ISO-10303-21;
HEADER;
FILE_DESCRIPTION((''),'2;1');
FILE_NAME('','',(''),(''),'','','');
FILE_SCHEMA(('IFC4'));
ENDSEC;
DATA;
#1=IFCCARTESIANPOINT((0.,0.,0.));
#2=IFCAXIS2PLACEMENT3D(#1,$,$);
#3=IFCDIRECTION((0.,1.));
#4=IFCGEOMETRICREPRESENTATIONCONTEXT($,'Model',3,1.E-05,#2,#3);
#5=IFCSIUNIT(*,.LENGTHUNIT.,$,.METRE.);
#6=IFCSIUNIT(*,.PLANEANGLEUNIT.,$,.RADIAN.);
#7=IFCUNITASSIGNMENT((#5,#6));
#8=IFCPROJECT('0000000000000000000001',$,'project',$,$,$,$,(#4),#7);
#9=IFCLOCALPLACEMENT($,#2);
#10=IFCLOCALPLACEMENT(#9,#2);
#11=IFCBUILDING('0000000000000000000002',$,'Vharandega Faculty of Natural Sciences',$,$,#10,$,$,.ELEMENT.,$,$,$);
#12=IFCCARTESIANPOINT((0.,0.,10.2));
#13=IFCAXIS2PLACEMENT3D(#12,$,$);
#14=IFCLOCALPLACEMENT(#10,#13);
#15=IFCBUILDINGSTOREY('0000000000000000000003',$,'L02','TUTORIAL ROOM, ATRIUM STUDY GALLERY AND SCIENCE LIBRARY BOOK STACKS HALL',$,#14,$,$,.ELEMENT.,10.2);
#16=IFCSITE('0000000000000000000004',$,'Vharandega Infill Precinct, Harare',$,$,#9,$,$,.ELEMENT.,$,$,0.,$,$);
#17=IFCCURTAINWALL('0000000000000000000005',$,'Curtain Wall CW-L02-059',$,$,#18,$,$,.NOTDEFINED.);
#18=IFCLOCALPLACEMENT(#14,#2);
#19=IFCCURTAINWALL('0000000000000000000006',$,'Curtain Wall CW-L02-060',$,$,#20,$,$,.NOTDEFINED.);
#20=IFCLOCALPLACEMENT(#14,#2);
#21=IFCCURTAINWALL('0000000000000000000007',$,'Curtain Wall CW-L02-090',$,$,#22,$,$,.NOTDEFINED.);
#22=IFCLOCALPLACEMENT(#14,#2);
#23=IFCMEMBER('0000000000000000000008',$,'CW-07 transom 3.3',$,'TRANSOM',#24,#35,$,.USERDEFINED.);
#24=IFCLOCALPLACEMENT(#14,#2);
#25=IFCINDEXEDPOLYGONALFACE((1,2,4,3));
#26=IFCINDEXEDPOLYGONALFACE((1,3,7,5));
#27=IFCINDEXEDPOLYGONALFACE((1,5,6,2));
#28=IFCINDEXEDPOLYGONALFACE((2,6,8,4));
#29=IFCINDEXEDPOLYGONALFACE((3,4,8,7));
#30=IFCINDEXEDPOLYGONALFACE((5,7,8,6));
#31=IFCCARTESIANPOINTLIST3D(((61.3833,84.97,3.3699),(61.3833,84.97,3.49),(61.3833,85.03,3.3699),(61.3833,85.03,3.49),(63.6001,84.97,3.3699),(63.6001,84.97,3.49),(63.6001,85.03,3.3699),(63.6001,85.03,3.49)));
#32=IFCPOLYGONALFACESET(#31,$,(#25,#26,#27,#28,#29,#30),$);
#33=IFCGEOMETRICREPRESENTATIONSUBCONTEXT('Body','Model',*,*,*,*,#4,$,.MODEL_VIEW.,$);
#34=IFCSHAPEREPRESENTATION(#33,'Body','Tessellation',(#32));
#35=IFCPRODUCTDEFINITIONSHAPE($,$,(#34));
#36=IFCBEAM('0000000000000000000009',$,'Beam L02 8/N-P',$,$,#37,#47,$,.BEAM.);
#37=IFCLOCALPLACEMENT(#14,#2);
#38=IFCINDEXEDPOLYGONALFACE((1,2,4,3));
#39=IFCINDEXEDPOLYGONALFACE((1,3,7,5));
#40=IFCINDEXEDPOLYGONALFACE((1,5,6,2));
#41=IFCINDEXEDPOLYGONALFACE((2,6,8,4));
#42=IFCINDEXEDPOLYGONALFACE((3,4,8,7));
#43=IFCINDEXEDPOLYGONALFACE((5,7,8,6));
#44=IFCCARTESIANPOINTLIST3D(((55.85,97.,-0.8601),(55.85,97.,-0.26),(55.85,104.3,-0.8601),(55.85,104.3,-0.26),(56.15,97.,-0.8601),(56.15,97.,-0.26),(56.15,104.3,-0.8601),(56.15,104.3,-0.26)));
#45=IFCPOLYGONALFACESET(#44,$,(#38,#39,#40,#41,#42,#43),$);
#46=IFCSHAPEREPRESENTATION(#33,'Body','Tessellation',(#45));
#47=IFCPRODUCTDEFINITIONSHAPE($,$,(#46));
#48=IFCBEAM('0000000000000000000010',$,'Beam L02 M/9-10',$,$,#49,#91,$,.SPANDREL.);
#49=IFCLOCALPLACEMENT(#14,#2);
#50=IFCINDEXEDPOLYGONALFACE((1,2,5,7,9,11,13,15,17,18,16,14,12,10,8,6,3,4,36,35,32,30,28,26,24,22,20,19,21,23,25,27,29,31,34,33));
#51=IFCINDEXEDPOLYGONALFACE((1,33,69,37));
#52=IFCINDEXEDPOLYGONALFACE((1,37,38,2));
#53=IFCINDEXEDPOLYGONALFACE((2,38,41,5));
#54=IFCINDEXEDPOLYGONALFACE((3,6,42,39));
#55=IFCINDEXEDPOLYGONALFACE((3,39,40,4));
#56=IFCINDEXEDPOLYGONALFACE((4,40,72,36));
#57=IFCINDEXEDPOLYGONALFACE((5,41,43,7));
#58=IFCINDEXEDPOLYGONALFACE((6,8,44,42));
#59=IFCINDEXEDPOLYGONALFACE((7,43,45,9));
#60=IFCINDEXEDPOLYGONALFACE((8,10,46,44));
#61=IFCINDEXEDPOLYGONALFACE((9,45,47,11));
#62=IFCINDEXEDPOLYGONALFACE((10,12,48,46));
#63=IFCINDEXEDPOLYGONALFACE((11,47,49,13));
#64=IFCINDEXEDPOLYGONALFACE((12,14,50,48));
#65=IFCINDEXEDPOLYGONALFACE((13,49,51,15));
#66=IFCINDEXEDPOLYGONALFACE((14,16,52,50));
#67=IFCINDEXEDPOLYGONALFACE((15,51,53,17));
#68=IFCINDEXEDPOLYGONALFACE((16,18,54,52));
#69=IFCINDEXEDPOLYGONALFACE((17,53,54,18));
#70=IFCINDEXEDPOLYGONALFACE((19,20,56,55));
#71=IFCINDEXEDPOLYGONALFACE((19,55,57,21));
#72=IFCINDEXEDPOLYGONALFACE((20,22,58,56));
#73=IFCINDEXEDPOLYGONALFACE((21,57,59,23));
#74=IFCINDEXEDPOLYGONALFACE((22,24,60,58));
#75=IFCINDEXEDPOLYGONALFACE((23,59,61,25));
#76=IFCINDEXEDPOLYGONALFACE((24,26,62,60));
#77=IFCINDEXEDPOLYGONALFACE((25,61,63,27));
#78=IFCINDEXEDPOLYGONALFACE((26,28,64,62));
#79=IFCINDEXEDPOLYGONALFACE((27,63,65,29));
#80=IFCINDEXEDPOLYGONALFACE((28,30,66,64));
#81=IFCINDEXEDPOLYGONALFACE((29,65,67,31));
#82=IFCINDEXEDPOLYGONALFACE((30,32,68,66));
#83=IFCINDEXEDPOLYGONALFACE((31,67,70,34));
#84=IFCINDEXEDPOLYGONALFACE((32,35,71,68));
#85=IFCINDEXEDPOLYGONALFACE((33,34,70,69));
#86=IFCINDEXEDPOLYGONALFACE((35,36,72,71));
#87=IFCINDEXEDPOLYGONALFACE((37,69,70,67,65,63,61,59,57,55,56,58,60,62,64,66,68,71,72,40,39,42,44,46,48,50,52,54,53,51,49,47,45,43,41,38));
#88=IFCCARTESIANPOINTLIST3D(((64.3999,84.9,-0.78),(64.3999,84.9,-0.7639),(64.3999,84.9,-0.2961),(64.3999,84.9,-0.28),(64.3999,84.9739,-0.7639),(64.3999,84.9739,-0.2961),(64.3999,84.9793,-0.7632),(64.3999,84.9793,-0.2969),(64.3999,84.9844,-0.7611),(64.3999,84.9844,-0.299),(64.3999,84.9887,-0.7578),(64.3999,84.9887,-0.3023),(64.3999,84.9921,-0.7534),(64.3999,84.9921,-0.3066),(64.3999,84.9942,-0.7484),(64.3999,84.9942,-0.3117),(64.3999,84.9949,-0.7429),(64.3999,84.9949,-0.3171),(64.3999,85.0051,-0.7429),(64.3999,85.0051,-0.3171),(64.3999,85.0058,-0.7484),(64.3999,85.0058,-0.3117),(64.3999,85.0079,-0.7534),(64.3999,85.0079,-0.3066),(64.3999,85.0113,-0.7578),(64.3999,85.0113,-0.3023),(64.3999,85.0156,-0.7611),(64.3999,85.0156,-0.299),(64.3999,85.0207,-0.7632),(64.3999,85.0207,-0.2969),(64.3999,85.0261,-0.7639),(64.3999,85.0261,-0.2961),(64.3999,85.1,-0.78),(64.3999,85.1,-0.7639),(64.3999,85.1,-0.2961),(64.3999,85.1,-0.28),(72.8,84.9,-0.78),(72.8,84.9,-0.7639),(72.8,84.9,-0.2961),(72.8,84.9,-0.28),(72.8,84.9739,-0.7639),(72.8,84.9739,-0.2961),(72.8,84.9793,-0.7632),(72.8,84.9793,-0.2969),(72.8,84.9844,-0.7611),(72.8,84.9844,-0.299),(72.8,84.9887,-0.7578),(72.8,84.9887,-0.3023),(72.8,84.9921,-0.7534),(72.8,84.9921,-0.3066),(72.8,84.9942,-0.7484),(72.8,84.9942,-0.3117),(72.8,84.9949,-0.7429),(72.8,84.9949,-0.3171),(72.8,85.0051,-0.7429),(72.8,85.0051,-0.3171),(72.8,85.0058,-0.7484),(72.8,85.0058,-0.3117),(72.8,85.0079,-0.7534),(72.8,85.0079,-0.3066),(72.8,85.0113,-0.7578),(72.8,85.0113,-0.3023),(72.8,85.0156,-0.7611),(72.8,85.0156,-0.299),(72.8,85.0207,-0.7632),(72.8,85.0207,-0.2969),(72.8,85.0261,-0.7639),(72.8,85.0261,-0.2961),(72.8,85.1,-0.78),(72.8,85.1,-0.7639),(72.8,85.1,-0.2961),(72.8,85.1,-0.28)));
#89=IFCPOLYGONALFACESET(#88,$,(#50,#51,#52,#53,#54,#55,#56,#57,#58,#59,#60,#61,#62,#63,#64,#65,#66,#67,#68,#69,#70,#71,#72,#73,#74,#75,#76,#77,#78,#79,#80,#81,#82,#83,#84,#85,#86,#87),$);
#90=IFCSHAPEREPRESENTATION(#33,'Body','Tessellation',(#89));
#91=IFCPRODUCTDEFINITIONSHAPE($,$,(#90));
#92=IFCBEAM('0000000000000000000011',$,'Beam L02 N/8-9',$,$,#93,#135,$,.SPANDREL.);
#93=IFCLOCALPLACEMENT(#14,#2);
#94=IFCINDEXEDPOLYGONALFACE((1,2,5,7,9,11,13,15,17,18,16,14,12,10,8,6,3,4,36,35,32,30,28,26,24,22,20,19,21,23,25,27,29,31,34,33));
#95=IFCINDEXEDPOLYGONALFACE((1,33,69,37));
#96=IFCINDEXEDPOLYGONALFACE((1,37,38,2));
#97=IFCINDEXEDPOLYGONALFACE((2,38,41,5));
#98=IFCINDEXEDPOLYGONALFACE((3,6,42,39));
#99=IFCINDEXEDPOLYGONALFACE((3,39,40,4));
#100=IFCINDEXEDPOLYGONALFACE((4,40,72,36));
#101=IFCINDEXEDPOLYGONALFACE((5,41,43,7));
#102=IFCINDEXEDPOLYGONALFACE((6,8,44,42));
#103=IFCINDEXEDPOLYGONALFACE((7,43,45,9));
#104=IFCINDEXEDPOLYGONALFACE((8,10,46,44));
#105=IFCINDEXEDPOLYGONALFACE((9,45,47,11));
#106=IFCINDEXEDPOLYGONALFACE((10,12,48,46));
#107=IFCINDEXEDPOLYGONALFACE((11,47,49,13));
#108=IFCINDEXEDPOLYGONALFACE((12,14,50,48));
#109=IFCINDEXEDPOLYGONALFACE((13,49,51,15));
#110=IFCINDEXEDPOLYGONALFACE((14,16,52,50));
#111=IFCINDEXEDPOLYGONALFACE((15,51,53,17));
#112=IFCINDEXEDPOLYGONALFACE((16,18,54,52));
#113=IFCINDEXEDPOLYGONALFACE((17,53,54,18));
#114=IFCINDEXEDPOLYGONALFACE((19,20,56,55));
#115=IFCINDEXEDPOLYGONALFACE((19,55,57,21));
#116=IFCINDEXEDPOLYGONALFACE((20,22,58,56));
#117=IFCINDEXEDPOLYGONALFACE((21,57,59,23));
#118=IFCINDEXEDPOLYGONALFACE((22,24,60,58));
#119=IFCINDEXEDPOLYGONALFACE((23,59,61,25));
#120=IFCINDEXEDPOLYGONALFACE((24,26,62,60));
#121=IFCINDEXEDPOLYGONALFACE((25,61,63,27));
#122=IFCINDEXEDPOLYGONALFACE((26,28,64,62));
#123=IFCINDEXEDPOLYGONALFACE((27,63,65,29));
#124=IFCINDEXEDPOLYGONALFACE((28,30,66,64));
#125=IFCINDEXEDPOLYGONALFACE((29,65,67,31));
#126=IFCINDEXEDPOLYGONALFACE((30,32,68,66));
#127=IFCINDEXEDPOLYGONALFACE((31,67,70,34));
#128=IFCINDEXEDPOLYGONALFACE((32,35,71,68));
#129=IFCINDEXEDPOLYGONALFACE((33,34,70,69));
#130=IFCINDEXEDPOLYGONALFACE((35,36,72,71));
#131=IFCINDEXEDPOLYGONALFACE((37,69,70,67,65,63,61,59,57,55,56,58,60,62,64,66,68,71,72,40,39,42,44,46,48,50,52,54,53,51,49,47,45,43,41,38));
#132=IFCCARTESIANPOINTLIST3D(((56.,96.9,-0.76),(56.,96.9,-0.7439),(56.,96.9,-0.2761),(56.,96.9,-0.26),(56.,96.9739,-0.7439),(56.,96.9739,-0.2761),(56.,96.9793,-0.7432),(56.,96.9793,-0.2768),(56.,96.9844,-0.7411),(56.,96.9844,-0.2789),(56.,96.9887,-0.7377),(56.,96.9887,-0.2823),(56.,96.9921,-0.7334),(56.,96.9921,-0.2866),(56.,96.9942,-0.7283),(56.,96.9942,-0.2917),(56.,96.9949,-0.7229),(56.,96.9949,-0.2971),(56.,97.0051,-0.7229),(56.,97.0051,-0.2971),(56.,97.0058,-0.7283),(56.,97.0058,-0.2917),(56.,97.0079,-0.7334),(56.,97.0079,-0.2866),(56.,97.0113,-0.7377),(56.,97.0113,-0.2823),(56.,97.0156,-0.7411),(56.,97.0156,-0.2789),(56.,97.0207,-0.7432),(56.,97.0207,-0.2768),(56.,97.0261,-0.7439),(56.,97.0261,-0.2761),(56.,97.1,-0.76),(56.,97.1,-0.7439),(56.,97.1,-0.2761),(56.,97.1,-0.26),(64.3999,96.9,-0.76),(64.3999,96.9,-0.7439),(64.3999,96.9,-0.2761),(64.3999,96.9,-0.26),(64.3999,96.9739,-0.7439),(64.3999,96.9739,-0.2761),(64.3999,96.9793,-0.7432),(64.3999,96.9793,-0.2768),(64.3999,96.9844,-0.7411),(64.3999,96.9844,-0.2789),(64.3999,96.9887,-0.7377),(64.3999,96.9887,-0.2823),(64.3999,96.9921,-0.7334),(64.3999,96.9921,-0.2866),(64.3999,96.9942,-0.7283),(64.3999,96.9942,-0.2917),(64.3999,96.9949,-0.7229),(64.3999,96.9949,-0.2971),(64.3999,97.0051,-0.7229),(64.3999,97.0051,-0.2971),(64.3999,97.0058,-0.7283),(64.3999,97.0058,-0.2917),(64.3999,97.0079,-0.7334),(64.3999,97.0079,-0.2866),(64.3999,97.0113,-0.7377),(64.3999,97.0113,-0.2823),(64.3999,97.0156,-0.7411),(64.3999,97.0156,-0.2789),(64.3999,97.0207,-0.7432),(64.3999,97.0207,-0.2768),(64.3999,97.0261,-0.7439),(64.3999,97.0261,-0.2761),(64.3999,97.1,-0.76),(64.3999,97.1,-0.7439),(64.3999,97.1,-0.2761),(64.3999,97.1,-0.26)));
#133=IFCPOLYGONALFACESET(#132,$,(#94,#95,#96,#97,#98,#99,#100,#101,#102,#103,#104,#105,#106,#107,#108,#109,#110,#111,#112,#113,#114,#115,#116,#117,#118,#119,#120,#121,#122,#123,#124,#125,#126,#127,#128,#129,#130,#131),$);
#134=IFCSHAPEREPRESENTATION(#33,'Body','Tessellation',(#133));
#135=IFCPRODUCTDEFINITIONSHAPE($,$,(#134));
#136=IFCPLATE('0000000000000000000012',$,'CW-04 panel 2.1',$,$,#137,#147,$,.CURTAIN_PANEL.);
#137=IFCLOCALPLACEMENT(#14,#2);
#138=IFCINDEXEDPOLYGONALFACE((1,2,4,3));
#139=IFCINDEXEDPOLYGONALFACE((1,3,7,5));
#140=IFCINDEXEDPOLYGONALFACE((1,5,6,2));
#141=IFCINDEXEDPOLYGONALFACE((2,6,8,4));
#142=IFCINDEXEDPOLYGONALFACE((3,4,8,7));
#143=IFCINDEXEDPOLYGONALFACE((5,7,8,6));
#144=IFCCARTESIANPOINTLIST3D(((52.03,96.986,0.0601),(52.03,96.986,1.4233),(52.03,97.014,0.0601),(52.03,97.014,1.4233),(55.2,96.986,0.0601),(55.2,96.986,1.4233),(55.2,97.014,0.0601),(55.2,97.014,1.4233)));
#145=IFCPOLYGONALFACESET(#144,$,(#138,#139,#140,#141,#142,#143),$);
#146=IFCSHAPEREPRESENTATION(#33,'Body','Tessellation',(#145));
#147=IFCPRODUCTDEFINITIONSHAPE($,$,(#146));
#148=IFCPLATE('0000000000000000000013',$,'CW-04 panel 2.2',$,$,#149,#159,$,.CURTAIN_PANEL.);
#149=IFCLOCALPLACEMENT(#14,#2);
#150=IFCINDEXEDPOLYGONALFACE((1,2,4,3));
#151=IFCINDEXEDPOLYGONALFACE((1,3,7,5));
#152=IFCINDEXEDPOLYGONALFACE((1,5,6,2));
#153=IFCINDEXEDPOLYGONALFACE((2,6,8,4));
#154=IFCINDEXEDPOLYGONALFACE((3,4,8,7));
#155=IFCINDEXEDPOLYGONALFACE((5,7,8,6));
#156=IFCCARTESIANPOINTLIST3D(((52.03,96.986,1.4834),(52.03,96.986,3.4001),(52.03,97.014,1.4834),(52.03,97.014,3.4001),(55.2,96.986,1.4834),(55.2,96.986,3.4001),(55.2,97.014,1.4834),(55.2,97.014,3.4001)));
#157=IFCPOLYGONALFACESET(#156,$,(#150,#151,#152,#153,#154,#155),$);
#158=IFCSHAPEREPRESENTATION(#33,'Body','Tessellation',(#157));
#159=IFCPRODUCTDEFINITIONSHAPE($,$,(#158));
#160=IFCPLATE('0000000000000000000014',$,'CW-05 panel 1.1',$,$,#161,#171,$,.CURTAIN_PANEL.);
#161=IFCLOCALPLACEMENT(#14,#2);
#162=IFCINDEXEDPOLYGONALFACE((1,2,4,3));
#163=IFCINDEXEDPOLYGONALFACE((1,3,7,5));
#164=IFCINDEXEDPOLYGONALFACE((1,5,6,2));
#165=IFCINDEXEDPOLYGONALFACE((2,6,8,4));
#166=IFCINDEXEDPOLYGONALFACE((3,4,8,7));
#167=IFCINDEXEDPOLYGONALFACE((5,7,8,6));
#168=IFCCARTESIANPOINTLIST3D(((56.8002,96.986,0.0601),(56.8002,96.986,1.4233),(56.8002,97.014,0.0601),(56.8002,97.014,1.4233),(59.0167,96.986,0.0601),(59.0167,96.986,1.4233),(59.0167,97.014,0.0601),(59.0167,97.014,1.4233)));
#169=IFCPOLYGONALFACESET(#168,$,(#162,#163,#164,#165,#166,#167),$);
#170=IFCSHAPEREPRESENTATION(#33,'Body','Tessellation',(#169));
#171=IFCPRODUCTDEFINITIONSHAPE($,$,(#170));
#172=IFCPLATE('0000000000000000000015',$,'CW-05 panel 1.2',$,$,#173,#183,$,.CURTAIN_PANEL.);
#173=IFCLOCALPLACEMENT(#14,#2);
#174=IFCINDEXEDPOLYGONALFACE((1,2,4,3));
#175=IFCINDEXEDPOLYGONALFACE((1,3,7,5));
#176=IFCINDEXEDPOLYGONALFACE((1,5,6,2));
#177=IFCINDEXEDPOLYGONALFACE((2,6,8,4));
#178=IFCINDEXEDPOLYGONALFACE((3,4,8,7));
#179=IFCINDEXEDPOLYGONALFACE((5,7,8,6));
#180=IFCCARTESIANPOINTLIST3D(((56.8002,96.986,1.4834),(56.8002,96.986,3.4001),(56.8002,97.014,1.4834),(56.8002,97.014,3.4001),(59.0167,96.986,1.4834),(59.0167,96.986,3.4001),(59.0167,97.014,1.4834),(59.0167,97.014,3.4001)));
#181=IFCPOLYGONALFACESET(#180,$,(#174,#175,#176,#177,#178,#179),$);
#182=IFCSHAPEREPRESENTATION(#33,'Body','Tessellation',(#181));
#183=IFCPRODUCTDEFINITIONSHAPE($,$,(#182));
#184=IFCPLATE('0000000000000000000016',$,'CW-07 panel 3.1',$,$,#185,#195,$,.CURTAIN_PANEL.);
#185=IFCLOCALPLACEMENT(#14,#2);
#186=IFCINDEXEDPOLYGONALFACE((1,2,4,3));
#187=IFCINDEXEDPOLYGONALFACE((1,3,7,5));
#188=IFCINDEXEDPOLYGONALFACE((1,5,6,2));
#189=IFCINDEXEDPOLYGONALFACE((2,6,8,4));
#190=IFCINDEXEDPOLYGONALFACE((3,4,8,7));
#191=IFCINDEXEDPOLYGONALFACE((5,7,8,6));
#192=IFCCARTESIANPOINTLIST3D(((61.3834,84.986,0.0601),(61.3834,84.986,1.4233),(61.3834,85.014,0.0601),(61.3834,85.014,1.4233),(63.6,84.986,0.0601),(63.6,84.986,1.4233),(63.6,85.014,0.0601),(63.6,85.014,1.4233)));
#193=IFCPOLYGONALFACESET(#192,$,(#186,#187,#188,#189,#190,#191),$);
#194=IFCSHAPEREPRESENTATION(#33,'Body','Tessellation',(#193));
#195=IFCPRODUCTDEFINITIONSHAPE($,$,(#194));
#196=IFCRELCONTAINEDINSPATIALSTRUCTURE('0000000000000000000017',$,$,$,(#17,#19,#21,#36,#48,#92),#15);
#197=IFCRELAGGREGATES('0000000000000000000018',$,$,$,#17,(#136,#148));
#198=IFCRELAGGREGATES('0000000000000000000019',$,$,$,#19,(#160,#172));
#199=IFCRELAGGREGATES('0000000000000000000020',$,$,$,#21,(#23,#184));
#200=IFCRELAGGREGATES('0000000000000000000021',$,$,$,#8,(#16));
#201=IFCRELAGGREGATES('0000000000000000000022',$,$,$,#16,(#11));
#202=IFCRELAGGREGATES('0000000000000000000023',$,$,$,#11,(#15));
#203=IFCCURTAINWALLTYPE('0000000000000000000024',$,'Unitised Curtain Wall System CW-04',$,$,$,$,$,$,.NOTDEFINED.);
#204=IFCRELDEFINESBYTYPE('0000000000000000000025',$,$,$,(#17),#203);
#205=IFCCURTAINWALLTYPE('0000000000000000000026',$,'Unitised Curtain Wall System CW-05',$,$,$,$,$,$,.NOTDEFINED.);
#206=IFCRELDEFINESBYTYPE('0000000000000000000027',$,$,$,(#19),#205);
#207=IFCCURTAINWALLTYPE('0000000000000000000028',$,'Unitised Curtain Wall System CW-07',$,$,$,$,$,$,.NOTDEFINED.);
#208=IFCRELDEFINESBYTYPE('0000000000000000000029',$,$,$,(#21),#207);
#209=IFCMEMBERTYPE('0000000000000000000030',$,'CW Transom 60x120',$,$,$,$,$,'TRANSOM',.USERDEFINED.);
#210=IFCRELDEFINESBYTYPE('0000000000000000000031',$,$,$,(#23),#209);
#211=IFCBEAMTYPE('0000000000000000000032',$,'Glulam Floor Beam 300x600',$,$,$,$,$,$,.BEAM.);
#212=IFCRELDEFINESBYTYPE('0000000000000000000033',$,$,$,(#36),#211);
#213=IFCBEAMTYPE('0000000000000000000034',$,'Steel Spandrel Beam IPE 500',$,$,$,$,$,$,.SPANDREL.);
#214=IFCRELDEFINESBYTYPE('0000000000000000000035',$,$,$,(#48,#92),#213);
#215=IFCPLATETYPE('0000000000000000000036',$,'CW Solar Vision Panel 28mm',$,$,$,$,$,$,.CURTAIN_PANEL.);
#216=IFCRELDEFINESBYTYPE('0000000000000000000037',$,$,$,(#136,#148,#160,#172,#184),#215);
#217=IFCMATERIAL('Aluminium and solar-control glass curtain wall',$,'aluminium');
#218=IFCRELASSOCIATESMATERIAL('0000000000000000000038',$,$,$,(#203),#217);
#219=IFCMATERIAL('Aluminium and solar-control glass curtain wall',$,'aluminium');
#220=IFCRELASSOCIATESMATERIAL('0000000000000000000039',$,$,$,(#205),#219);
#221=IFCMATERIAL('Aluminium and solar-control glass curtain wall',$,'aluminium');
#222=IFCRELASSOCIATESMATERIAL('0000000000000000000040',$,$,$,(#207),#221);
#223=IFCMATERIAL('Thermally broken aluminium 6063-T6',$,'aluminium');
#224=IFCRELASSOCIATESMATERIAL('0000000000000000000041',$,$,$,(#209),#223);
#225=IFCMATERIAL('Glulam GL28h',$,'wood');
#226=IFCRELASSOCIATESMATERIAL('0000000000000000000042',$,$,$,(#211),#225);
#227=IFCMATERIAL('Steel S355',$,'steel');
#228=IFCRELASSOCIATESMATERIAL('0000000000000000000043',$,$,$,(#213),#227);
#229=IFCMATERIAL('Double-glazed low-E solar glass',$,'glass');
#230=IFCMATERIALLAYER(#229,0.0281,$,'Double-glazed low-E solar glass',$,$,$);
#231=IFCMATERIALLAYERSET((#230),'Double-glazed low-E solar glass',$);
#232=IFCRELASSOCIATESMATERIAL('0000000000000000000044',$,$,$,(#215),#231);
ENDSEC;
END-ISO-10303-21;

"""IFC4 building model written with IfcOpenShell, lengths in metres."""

from ifc_helpers import new_model, si_unit, direction, frame, origin, origin_2d, place, context, subcontext, project, spatial, rectangle, i_section, extrude, material, layer, layer_set, material_profile, profile_set, type_object, element, aggregate, save


model = new_model("IFC4")

# Units and contexts
model_context = context("Model", 3, precision=1e-05, world=origin(), true_north=direction((0.0, 1.0)))
body_context = subcontext(model_context, "Body", "Model", "MODEL_VIEW")
ifc_project = project(units=[si_unit("LENGTHUNIT", "METRE"), si_unit("PLANEANGLEUNIT", "RADIAN")], contexts=[model_context])

# Site, building, storey
site_placement = place(None, origin())
site = spatial("IfcSite", under=ifc_project, at=site_placement, Name="Vharandega Infill Precinct, Harare", CompositionType="ELEMENT", RefElevation=0.0)
building_placement = place(site_placement, origin())
building = spatial("IfcBuilding", under=site, at=building_placement, Name="Vharandega Faculty of Natural Sciences", CompositionType="ELEMENT")
storey_placement = place(building_placement, frame((0.0, 0.0, 10.2)))
storey = spatial("IfcBuildingStorey", under=building, at=storey_placement, Name="L02", Description="TUTORIAL ROOM, ATRIUM STUDY GALLERY AND SCIENCE LIBRARY BOOK STACKS HALL", CompositionType="ELEMENT", Elevation=10.2)

# Curtain wall
ifc_material_1 = material(Name="Aluminium and solar-control glass curtain wall", Category="aluminium")
curtain_wall_type_1 = type_object("IfcCurtainWallType", Name="Unitised Curtain Wall System CW-04", PredefinedType="NOTDEFINED", material=ifc_material_1)
curtain_wall_1_placement = place(storey_placement, origin())
curtain_wall_1 = element("IfcCurtainWall", 1, at=curtain_wall_1_placement, inside=storey, type_object=curtain_wall_type_1, Name="Curtain Wall CW-L02-059", PredefinedType="NOTDEFINED")

# Curtain wall
ifc_material_2 = material(Name="Aluminium and solar-control glass curtain wall", Category="aluminium")
curtain_wall_type_2 = type_object("IfcCurtainWallType", Name="Unitised Curtain Wall System CW-05", PredefinedType="NOTDEFINED", material=ifc_material_2)
curtain_wall_2_placement = place(storey_placement, origin())
curtain_wall_2 = element("IfcCurtainWall", 2, at=curtain_wall_2_placement, inside=storey, type_object=curtain_wall_type_2, Name="Curtain Wall CW-L02-060", PredefinedType="NOTDEFINED")

# Curtain wall
ifc_material_3 = material(Name="Aluminium and solar-control glass curtain wall", Category="aluminium")
curtain_wall_type_3 = type_object("IfcCurtainWallType", Name="Unitised Curtain Wall System CW-07", PredefinedType="NOTDEFINED", material=ifc_material_3)
curtain_wall_3_placement = place(storey_placement, origin())
curtain_wall_3 = element("IfcCurtainWall", 3, at=curtain_wall_3_placement, inside=storey, type_object=curtain_wall_type_3, Name="Curtain Wall CW-L02-090", PredefinedType="NOTDEFINED")

# Member
ifc_material_4 = material(Name="Thermally broken aluminium 6063-T6", Category="aluminium")
ifc_material_profile_1 = material_profile(ifc_material_4, rectangle(XDim=0.0601, YDim=0.1201, at=origin_2d()), Name="ALU 60x120")
ifc_profile_set_1 = profile_set([ifc_material_profile_1], Name="Thermally broken aluminium 6063-T6")
member_type_1 = type_object("IfcMemberType", Name="CW Transom 60x120", ElementType="TRANSOM", PredefinedType="USERDEFINED", material=ifc_profile_set_1)
member_1_placement = place(storey_placement, frame((61.3833, 85.0, 3.4299), z_axis=(1.0, 0.0, 0.0), x_axis=(0.0, 1.0, 0.0)))
member_1 = element("IfcMember", 4, at=member_1_placement, type_object=member_type_1, Name="CW-07 transom 3.3", ObjectType="TRANSOM", PredefinedType="USERDEFINED", context=body_context, shape_type="SweptSolid", body=[
    extrude(rectangle(XDim=0.0601, YDim=0.1201, at=origin_2d()), origin(), (0.0, 0.0, 1.0), 2.2168),
])

# Beams
ifc_material_5 = material(Name="Glulam GL28h", Category="wood")
ifc_material_profile_2 = material_profile(ifc_material_5, rectangle(XDim=0.3, YDim=0.6001, at=origin_2d()), Name="GL28h 300x600")
ifc_profile_set_2 = profile_set([ifc_material_profile_2], Name="Glulam GL28h")
beam_type_1 = type_object("IfcBeamType", Name="Glulam Floor Beam 300x600", PredefinedType="BEAM", material=ifc_profile_set_2)
beam_1_placement = place(storey_placement, frame((56.0, 97.0, -0.5601), z_axis=(0.0, 1.0, 0.0), x_axis=(-1.0, 0.0, 0.0)))
element("IfcBeam", 5, at=beam_1_placement, inside=storey, type_object=beam_type_1, Name="Beam L02 8/N-P", PredefinedType="BEAM", context=body_context, shape_type="SweptSolid", body=[
    extrude(rectangle(XDim=0.3, YDim=0.6001, at=origin_2d()), origin(), (0.0, 0.0, 1.0), 7.3),
])
ifc_material_6 = material(Name="Steel S355", Category="steel")
ifc_material_profile_3 = material_profile(ifc_material_6, i_section(OverallWidth=0.2, OverallDepth=0.5, WebThickness=0.0103, FlangeThickness=0.0161, FilletRadius=0.021, at=origin_2d()), Name="IPE 500")
ifc_profile_set_3 = profile_set([ifc_material_profile_3], Name="Steel S355")
beam_type_2 = type_object("IfcBeamType", Name="Steel Spandrel Beam IPE 500", PredefinedType="SPANDREL", material=ifc_profile_set_3)
beam_2_placement = place(storey_placement, frame((64.3999, 85.0, -0.53), z_axis=(1.0, 0.0, 0.0), x_axis=(0.0, 1.0, 0.0)))
element("IfcBeam", 6, at=beam_2_placement, inside=storey, type_object=beam_type_2, Name="Beam L02 M/9-10", PredefinedType="SPANDREL", context=body_context, shape_type="SweptSolid", body=[
    extrude(i_section(OverallWidth=0.2, OverallDepth=0.5, WebThickness=0.0103, FlangeThickness=0.0161, FilletRadius=0.021, at=origin_2d()), origin(), (0.0, 0.0, 1.0), 8.4001),
])
beam_3_placement = place(storey_placement, frame((56.0, 97.0, -0.51), z_axis=(1.0, 0.0, 0.0), x_axis=(0.0, 1.0, 0.0)))
element("IfcBeam", 7, at=beam_3_placement, inside=storey, type_object=beam_type_2, Name="Beam L02 N/8-9", PredefinedType="SPANDREL", context=body_context, shape_type="SweptSolid", body=[
    extrude(i_section(OverallWidth=0.2, OverallDepth=0.5, WebThickness=0.0103, FlangeThickness=0.0161, FilletRadius=0.021, at=origin_2d()), origin(), (0.0, 0.0, 1.0), 8.3999),
])

# Plates
ifc_material_7 = material(Name="Double-glazed low-E solar glass", Category="glass")
ifc_layer = layer(ifc_material_7, 0.0281, Name="Double-glazed low-E solar glass")
ifc_layer_set = layer_set([ifc_layer], Name="Double-glazed low-E solar glass")
plate_type = type_object("IfcPlateType", Name="CW Solar Vision Panel 28mm", PredefinedType="CURTAIN_PANEL", material=ifc_layer_set)
plate_1_placement = place(storey_placement, frame((53.615, 97.0, 0.0601), z_axis=(0.0, 0.0, 1.0), x_axis=(1.0, 0.0, 0.0)))
plate_1 = element("IfcPlate", 8, at=plate_1_placement, type_object=plate_type, Name="CW-04 panel 2.1", PredefinedType="CURTAIN_PANEL", context=body_context, shape_type="SweptSolid", body=[
    extrude(rectangle(XDim=3.1699, YDim=0.0281, at=origin_2d()), origin(), (0.0, 0.0, 1.0), 1.3633),
])
plate_2_placement = place(storey_placement, frame((53.615, 97.0, 1.4834), z_axis=(0.0, 0.0, 1.0), x_axis=(1.0, 0.0, 0.0)))
plate_2 = element("IfcPlate", 9, at=plate_2_placement, type_object=plate_type, Name="CW-04 panel 2.2", PredefinedType="CURTAIN_PANEL", context=body_context, shape_type="SweptSolid", body=[
    extrude(rectangle(XDim=3.1699, YDim=0.0281, at=origin_2d()), origin(), (0.0, 0.0, 1.0), 1.9167),
])
aggregate(curtain_wall_1, [plate_1, plate_2])
plate_3_placement = place(storey_placement, frame((57.9084, 97.0, 0.0601), z_axis=(0.0, 0.0, 1.0), x_axis=(1.0, 0.0, 0.0)))
plate_3 = element("IfcPlate", 10, at=plate_3_placement, type_object=plate_type, Name="CW-05 panel 1.1", PredefinedType="CURTAIN_PANEL", context=body_context, shape_type="SweptSolid", body=[
    extrude(rectangle(XDim=2.2166, YDim=0.0281, at=origin_2d()), origin(), (0.0, 0.0, 1.0), 1.3633),
])
plate_4_placement = place(storey_placement, frame((57.9084, 97.0, 1.4834), z_axis=(0.0, 0.0, 1.0), x_axis=(1.0, 0.0, 0.0)))
plate_4 = element("IfcPlate", 11, at=plate_4_placement, type_object=plate_type, Name="CW-05 panel 1.2", PredefinedType="CURTAIN_PANEL", context=body_context, shape_type="SweptSolid", body=[
    extrude(rectangle(XDim=2.2166, YDim=0.0281, at=origin_2d()), origin(), (0.0, 0.0, 1.0), 1.9167),
])
aggregate(curtain_wall_2, [plate_3, plate_4])
plate_5_placement = place(storey_placement, frame((62.4917, 85.0, 0.0601), z_axis=(0.0, 0.0, 1.0), x_axis=(1.0, 0.0, 0.0)))
plate_5 = element("IfcPlate", 12, at=plate_5_placement, type_object=plate_type, Name="CW-07 panel 3.1", PredefinedType="CURTAIN_PANEL", context=body_context, shape_type="SweptSolid", body=[
    extrude(rectangle(XDim=2.2166, YDim=0.0281, at=origin_2d()), origin(), (0.0, 0.0, 1.0), 1.3633),
])
aggregate(curtain_wall_3, [member_1, plate_5])

save(model, "model.ifc")
